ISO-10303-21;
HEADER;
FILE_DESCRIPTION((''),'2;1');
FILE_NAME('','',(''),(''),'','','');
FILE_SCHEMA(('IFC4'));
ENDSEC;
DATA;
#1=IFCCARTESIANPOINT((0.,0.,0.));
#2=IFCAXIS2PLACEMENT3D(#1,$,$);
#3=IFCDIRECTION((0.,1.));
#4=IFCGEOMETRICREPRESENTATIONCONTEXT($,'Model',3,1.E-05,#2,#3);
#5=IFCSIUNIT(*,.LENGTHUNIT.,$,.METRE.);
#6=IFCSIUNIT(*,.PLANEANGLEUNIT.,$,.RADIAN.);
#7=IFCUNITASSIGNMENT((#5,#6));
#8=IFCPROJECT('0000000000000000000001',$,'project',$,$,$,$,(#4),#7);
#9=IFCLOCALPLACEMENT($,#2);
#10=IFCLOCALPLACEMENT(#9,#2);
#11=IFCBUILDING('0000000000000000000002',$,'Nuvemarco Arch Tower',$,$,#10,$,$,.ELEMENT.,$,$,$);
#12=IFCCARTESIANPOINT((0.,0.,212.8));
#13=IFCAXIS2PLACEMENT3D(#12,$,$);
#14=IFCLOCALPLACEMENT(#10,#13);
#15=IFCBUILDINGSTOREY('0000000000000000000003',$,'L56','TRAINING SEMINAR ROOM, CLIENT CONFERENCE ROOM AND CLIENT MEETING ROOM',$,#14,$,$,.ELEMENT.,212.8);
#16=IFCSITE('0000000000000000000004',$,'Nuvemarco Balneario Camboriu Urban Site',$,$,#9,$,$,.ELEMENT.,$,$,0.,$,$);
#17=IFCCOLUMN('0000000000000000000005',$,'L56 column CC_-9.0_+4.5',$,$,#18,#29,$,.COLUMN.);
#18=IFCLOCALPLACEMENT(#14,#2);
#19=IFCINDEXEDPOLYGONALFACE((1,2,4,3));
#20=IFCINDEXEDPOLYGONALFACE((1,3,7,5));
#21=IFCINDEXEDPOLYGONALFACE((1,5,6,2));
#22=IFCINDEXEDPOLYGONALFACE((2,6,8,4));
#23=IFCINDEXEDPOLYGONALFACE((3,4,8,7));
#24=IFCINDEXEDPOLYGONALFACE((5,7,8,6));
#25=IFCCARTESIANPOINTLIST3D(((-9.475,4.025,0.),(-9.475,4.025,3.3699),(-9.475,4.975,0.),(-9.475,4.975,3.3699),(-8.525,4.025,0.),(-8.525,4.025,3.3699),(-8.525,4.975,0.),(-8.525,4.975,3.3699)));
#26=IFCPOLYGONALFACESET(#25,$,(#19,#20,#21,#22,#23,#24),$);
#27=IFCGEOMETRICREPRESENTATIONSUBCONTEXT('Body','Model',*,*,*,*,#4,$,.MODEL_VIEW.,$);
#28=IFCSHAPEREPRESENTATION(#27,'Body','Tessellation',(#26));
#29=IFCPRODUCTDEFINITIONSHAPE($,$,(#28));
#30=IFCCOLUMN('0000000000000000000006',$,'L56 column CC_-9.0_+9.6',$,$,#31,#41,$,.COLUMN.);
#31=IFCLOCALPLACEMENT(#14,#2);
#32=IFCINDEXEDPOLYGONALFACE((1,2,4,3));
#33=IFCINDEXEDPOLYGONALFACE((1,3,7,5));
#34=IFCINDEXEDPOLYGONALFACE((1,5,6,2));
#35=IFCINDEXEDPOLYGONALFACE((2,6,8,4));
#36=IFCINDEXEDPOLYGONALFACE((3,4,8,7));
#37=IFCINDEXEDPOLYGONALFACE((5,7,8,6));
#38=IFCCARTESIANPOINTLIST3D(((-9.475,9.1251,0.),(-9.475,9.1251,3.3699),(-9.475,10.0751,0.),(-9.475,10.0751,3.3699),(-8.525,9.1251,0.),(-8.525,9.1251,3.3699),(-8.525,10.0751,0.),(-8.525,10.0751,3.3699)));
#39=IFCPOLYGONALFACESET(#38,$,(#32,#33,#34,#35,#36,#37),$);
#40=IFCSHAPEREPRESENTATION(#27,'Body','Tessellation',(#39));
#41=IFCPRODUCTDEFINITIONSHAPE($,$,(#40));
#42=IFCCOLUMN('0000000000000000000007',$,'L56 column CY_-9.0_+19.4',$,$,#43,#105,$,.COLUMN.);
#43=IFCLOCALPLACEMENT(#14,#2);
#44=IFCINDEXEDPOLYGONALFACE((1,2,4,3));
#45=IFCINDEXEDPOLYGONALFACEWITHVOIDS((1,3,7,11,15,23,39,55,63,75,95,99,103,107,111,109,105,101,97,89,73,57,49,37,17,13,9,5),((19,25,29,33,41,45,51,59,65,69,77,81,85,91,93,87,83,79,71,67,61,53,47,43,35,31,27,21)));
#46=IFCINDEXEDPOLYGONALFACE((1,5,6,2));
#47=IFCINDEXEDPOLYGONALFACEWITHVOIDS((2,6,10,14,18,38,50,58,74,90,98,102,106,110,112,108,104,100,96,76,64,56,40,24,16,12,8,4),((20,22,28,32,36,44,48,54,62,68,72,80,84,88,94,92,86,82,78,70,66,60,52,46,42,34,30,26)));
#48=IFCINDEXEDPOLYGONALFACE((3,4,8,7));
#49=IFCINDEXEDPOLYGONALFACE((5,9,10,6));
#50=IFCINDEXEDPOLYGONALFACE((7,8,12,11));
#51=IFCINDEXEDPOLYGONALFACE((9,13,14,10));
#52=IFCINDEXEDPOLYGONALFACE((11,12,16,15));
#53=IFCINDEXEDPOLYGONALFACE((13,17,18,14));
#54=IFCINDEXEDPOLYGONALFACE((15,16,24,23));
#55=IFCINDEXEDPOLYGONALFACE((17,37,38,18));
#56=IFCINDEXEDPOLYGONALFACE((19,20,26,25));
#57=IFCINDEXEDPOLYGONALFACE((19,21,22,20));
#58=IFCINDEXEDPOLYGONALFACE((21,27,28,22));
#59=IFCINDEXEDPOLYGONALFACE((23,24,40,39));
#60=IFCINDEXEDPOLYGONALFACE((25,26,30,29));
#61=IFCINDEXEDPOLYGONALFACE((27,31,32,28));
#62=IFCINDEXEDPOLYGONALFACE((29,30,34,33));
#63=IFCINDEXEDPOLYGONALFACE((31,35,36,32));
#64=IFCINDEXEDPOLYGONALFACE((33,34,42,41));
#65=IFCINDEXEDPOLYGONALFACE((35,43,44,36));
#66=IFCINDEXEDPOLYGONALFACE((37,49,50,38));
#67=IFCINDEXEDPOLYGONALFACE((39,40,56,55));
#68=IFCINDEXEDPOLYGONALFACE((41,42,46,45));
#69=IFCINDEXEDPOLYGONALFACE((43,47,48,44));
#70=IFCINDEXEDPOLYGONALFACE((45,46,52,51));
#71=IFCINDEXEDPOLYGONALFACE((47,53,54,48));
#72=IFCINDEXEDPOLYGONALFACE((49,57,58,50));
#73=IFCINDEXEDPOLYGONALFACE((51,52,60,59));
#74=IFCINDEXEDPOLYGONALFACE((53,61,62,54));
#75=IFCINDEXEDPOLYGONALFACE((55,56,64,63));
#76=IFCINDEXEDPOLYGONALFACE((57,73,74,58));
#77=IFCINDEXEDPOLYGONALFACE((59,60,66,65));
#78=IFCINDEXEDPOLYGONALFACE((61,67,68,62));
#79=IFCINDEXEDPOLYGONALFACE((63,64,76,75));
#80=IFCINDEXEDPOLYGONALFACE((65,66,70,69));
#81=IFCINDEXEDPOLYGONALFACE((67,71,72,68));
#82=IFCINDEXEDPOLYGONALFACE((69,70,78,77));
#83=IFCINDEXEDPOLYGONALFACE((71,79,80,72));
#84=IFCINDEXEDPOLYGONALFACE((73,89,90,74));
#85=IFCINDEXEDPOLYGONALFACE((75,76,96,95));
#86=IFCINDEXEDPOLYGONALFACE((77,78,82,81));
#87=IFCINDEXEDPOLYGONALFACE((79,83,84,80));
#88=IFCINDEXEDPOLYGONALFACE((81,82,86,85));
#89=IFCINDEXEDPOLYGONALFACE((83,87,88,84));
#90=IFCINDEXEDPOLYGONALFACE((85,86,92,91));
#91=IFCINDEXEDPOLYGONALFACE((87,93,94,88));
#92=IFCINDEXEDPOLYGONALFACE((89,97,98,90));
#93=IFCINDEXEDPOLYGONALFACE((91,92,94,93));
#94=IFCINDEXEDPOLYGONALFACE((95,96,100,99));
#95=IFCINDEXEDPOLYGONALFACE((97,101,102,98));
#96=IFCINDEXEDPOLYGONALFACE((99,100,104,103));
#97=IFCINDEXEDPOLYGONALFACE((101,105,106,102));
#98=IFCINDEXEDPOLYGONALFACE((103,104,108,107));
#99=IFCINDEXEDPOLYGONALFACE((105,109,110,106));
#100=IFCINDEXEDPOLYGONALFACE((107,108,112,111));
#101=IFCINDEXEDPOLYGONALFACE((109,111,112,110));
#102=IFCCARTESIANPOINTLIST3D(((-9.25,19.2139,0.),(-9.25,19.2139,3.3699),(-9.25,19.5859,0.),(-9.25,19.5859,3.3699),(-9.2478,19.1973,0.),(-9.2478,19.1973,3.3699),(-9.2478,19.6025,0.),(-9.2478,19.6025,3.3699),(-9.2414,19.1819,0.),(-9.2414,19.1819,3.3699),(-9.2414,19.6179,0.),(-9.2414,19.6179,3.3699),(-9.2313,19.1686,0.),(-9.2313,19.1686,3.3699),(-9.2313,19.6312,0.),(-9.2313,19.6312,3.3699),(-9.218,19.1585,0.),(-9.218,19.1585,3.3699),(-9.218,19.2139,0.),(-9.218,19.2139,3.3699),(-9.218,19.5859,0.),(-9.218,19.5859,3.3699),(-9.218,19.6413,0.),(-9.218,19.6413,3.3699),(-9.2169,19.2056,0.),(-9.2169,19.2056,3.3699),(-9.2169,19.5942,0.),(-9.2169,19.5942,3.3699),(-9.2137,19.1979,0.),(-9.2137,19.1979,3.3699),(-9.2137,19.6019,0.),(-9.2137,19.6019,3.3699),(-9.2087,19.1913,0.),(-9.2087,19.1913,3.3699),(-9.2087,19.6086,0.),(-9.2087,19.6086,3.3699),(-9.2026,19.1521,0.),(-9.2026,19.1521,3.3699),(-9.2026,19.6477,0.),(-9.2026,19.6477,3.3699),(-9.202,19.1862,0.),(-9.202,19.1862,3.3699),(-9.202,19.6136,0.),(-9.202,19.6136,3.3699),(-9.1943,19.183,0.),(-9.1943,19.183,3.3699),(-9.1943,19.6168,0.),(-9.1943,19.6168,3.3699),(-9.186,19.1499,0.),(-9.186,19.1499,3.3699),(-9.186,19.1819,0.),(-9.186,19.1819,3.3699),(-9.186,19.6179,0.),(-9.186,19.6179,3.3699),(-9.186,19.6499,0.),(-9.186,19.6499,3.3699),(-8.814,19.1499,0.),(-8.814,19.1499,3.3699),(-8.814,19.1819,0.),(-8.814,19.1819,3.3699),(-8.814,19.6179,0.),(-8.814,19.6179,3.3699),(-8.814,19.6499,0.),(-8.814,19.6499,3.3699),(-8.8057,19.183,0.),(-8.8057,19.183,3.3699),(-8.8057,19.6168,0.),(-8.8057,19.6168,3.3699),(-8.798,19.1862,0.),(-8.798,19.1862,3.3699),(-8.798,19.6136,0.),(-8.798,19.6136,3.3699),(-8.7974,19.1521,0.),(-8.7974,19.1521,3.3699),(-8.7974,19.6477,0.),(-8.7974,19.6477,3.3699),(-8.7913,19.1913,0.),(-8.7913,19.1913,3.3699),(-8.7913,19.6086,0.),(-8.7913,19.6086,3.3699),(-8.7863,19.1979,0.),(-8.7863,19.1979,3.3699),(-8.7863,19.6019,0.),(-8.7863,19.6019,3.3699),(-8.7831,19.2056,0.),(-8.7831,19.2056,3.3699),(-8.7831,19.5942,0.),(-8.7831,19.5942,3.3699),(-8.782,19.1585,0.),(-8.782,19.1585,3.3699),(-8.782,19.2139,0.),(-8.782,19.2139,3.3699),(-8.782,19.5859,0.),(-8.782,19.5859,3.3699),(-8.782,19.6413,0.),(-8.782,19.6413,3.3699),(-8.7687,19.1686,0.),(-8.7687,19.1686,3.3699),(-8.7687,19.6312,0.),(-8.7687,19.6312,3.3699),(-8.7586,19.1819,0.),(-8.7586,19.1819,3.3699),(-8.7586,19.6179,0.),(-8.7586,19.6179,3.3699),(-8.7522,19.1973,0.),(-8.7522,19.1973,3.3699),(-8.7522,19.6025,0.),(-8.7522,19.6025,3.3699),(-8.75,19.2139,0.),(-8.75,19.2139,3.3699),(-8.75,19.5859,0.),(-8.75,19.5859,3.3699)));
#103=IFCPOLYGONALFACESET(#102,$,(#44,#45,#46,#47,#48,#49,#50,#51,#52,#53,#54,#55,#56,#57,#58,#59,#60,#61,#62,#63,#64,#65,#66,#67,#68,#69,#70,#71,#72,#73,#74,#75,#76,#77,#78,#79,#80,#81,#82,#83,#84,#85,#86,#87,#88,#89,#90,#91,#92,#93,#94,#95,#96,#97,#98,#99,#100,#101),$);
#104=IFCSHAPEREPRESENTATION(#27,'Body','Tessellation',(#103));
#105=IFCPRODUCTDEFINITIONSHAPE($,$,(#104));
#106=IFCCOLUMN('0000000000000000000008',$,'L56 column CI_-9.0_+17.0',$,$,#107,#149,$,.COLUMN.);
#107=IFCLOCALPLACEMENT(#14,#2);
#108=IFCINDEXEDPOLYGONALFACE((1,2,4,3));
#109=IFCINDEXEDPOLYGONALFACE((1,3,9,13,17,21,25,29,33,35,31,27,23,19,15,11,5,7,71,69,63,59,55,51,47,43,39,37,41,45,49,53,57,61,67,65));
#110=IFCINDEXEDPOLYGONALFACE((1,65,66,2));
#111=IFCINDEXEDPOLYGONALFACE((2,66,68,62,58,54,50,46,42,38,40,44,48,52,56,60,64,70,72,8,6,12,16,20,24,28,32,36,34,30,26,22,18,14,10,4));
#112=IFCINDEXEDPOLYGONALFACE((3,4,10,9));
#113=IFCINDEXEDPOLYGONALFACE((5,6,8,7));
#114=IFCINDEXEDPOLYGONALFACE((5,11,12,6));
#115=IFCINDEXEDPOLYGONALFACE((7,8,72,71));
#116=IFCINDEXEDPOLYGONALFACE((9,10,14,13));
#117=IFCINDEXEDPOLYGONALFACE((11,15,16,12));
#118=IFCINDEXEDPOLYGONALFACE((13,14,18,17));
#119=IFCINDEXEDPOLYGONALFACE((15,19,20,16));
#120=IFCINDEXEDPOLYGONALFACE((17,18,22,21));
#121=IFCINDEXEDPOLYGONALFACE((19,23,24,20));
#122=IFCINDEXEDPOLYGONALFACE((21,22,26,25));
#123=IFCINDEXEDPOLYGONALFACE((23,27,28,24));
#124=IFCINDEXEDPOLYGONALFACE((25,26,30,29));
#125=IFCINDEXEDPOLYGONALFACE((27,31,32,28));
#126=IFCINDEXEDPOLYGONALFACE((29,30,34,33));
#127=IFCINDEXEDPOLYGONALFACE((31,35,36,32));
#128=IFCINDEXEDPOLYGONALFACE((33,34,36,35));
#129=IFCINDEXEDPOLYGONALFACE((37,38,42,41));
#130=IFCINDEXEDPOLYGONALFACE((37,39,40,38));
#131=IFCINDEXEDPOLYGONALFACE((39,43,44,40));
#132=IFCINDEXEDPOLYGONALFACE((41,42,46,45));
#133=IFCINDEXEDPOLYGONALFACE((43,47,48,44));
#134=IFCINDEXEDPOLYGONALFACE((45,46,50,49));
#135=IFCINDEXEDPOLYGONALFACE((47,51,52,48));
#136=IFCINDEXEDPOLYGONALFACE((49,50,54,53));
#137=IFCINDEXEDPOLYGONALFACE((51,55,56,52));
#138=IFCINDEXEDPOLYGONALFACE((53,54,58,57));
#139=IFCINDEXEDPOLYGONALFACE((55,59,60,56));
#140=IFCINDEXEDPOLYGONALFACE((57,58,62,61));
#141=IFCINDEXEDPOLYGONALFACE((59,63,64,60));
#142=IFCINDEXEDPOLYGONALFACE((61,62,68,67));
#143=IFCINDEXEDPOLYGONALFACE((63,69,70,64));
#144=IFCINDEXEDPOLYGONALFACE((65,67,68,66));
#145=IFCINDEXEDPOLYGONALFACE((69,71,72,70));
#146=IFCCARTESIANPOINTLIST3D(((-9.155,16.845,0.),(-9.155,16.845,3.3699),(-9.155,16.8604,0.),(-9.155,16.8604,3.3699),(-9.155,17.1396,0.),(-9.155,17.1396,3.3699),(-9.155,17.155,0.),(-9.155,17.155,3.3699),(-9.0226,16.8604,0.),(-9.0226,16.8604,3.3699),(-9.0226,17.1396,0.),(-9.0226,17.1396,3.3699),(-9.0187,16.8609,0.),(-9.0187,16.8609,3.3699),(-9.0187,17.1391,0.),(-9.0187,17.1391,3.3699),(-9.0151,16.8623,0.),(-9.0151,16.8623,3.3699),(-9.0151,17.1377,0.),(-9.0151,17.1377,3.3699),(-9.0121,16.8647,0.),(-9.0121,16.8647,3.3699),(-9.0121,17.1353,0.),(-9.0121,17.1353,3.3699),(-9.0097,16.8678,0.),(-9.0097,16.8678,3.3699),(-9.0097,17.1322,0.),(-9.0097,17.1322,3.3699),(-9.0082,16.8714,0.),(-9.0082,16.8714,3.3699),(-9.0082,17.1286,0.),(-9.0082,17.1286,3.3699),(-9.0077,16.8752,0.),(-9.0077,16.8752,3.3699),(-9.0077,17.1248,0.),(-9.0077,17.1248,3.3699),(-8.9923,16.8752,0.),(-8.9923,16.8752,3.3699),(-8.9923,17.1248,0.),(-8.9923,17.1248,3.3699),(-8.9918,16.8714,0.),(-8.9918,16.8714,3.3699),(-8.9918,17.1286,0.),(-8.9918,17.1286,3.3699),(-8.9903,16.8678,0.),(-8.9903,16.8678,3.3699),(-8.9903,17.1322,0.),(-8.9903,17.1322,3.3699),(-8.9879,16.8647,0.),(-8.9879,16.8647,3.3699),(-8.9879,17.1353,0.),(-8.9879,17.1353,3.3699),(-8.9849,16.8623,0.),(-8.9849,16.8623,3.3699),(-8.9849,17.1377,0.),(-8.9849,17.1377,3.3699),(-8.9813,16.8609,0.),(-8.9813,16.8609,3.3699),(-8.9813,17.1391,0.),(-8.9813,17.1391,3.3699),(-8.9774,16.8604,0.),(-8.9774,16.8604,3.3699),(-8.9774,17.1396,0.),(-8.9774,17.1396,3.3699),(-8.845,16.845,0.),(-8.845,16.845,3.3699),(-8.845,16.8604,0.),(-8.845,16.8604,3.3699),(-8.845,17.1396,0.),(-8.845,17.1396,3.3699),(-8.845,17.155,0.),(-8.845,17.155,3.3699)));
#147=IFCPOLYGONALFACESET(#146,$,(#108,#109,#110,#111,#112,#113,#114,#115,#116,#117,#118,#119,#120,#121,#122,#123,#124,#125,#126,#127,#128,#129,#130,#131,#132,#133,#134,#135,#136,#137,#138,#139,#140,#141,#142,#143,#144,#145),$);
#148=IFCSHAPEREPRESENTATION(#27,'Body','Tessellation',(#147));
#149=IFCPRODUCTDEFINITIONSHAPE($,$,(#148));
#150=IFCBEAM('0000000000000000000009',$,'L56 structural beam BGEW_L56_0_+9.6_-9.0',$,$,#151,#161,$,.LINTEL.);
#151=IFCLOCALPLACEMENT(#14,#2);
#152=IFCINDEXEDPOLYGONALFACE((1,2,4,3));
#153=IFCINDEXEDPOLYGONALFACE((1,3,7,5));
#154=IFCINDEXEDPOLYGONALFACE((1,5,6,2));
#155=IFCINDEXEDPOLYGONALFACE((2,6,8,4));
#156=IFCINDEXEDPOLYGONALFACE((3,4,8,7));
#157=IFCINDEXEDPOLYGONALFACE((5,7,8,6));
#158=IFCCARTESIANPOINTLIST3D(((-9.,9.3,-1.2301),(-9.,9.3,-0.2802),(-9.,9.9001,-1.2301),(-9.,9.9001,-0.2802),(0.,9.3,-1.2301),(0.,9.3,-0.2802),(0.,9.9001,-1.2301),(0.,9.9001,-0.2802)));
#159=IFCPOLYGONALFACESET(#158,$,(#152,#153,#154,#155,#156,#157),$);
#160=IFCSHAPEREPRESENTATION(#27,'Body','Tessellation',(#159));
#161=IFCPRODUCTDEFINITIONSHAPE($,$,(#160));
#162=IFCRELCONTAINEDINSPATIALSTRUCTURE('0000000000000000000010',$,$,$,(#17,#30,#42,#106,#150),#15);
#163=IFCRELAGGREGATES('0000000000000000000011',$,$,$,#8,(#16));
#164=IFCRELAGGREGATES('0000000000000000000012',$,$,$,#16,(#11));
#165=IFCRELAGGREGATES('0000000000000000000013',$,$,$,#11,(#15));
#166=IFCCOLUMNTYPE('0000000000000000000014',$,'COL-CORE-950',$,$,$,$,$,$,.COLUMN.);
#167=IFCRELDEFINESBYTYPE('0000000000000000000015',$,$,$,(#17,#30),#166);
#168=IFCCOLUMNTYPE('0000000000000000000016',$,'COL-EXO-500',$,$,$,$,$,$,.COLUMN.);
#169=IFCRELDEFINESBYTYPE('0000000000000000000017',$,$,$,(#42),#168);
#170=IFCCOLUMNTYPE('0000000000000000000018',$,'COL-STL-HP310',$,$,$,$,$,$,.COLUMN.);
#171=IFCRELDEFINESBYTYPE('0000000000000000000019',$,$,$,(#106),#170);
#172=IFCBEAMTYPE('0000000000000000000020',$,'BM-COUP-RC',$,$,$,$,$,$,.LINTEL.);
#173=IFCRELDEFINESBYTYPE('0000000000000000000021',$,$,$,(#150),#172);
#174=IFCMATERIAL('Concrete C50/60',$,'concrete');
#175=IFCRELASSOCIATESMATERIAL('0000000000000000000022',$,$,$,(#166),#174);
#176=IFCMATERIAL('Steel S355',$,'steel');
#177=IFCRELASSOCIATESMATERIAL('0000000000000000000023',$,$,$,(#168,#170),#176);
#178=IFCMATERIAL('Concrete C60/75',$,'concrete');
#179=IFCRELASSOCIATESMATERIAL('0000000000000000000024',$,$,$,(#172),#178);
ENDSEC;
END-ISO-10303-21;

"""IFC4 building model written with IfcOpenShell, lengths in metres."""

from ifc_helpers import new_model, si_unit, direction, frame, origin, origin_2d, place, context, subcontext, project, spatial, rectangle, hollow_rectangle, i_section, extrude, material, material_profile, profile_set, type_object, element, save


model = new_model("IFC4")

# Units and contexts
model_context = context("Model", 3, precision=1e-05, world=origin(), true_north=direction((0.0, 1.0)))
body_context = subcontext(model_context, "Body", "Model", "MODEL_VIEW")
ifc_project = project(units=[si_unit("LENGTHUNIT", "METRE"), si_unit("PLANEANGLEUNIT", "RADIAN")], contexts=[model_context])

# Site, building, storey
site_placement = place(None, origin())
site = spatial("IfcSite", under=ifc_project, at=site_placement, Name="Nuvemarco Balneario Camboriu Urban Site", CompositionType="ELEMENT", RefElevation=0.0)
building_placement = place(site_placement, origin())
building = spatial("IfcBuilding", under=site, at=building_placement, Name="Nuvemarco Arch Tower", CompositionType="ELEMENT")
storey_placement = place(building_placement, frame((0.0, 0.0, 212.8)))
storey = spatial("IfcBuildingStorey", under=building, at=storey_placement, Name="L56", Description="TRAINING SEMINAR ROOM, CLIENT CONFERENCE ROOM AND CLIENT MEETING ROOM", CompositionType="ELEMENT", Elevation=212.8)

# Columns
ifc_material_1 = material(Name="Concrete C50/60", Category="concrete")
ifc_material_profile_1 = material_profile(ifc_material_1, rectangle(XDim=0.95, YDim=0.95, at=origin_2d()), Name="RC-COL-950x950")
ifc_profile_set_1 = profile_set([ifc_material_profile_1], Name="Concrete C50/60")
column_type_1 = type_object("IfcColumnType", Name="COL-CORE-950", PredefinedType="COLUMN", material=ifc_profile_set_1)
for number, where, z_axis, x_axis, name in (
    (1, (-9.0, 4.5, 0.0), (0.0, 0.0, 1.0), (1.0, 0.0, 0.0), "L56 column CC_-9.0_+4.5"),
    (2, (-9.0, 9.6001, 0.0), (0.0, 0.0, 1.0), (1.0, 0.0, 0.0), "L56 column CC_-9.0_+9.6"),
):
    element("IfcColumn", number, at=place(storey_placement, frame(where, z_axis=z_axis, x_axis=x_axis)), inside=storey, type_object=column_type_1, Name=name, PredefinedType="COLUMN", context=body_context, shape_type="SweptSolid", body=[
        extrude(rectangle(XDim=0.95, YDim=0.95, at=origin_2d()), origin(), (0.0, 0.0, 1.0), 3.3699),
    ])
ifc_material_2 = material(Name="Steel S355", Category="steel")
ifc_material_profile_2 = material_profile(ifc_material_2, hollow_rectangle(XDim=0.5, YDim=0.5, WallThickness=0.032, InnerFilletRadius=0.032, OuterFilletRadius=0.064, at=origin_2d()), Name="SHS500x500x32")
ifc_profile_set_2 = profile_set([ifc_material_profile_2], Name="Steel S355")
column_type_2 = type_object("IfcColumnType", Name="COL-EXO-500", PredefinedType="COLUMN", material=ifc_profile_set_2)
column_1_placement = place(storey_placement, frame((-9.0, 19.3999, 0.0), z_axis=(0.0, 0.0, 1.0), x_axis=(1.0, 0.0, 0.0)))
element("IfcColumn", 3, at=column_1_placement, inside=storey, type_object=column_type_2, Name="L56 column CY_-9.0_+19.4", PredefinedType="COLUMN", context=body_context, shape_type="SweptSolid", body=[
    extrude(hollow_rectangle(XDim=0.5, YDim=0.5, WallThickness=0.032, InnerFilletRadius=0.032, OuterFilletRadius=0.064, at=origin_2d()), origin(), (0.0, 0.0, 1.0), 3.3699),
])
ifc_material_profile_3 = material_profile(ifc_material_2, i_section(OverallWidth=0.3101, OverallDepth=0.3101, WebThickness=0.0154, FlangeThickness=0.0154, FilletRadius=0.0149, at=origin_2d()), Name="HP310x110")
ifc_profile_set_3 = profile_set([ifc_material_profile_3], Name="Steel S355")
column_type_3 = type_object("IfcColumnType", Name="COL-STL-HP310", PredefinedType="COLUMN", material=ifc_profile_set_3)
column_2_placement = place(storey_placement, frame((-9.0, 17.0, 0.0), z_axis=(0.0, 0.0, 1.0), x_axis=(1.0, 0.0, 0.0)))
element("IfcColumn", 4, at=column_2_placement, inside=storey, type_object=column_type_3, Name="L56 column CI_-9.0_+17.0", PredefinedType="COLUMN", context=body_context, shape_type="SweptSolid", body=[
    extrude(i_section(OverallWidth=0.3101, OverallDepth=0.3101, WebThickness=0.0154, FlangeThickness=0.0154, FilletRadius=0.0149, at=origin_2d()), origin(), (0.0, 0.0, 1.0), 3.3699),
])

# Beam
ifc_material_3 = material(Name="Concrete C60/75", Category="concrete")
ifc_material_profile_4 = material_profile(ifc_material_3, rectangle(XDim=0.6001, YDim=0.95, at=origin_2d()), Name="RC-BM-600x950")
ifc_profile_set_4 = profile_set([ifc_material_profile_4], Name="Concrete C60/75")
beam_type_1 = type_object("IfcBeamType", Name="BM-COUP-RC", PredefinedType="LINTEL", material=ifc_profile_set_4)
beam_1_placement = place(storey_placement, frame((-9.0, 9.6001, -0.7551), z_axis=(1.0, 0.0, 0.0), x_axis=(0.0, 1.0, 0.0)))
element("IfcBeam", 5, at=beam_1_placement, inside=storey, type_object=beam_type_1, Name="L56 structural beam BGEW_L56_0_+9.6_-9.0", PredefinedType="LINTEL", context=body_context, shape_type="SweptSolid", body=[
    extrude(rectangle(XDim=0.6001, YDim=0.95, at=origin_2d()), origin(), (0.0, 0.0, 1.0), 9.0),
])

save(model, "model.ifc")
